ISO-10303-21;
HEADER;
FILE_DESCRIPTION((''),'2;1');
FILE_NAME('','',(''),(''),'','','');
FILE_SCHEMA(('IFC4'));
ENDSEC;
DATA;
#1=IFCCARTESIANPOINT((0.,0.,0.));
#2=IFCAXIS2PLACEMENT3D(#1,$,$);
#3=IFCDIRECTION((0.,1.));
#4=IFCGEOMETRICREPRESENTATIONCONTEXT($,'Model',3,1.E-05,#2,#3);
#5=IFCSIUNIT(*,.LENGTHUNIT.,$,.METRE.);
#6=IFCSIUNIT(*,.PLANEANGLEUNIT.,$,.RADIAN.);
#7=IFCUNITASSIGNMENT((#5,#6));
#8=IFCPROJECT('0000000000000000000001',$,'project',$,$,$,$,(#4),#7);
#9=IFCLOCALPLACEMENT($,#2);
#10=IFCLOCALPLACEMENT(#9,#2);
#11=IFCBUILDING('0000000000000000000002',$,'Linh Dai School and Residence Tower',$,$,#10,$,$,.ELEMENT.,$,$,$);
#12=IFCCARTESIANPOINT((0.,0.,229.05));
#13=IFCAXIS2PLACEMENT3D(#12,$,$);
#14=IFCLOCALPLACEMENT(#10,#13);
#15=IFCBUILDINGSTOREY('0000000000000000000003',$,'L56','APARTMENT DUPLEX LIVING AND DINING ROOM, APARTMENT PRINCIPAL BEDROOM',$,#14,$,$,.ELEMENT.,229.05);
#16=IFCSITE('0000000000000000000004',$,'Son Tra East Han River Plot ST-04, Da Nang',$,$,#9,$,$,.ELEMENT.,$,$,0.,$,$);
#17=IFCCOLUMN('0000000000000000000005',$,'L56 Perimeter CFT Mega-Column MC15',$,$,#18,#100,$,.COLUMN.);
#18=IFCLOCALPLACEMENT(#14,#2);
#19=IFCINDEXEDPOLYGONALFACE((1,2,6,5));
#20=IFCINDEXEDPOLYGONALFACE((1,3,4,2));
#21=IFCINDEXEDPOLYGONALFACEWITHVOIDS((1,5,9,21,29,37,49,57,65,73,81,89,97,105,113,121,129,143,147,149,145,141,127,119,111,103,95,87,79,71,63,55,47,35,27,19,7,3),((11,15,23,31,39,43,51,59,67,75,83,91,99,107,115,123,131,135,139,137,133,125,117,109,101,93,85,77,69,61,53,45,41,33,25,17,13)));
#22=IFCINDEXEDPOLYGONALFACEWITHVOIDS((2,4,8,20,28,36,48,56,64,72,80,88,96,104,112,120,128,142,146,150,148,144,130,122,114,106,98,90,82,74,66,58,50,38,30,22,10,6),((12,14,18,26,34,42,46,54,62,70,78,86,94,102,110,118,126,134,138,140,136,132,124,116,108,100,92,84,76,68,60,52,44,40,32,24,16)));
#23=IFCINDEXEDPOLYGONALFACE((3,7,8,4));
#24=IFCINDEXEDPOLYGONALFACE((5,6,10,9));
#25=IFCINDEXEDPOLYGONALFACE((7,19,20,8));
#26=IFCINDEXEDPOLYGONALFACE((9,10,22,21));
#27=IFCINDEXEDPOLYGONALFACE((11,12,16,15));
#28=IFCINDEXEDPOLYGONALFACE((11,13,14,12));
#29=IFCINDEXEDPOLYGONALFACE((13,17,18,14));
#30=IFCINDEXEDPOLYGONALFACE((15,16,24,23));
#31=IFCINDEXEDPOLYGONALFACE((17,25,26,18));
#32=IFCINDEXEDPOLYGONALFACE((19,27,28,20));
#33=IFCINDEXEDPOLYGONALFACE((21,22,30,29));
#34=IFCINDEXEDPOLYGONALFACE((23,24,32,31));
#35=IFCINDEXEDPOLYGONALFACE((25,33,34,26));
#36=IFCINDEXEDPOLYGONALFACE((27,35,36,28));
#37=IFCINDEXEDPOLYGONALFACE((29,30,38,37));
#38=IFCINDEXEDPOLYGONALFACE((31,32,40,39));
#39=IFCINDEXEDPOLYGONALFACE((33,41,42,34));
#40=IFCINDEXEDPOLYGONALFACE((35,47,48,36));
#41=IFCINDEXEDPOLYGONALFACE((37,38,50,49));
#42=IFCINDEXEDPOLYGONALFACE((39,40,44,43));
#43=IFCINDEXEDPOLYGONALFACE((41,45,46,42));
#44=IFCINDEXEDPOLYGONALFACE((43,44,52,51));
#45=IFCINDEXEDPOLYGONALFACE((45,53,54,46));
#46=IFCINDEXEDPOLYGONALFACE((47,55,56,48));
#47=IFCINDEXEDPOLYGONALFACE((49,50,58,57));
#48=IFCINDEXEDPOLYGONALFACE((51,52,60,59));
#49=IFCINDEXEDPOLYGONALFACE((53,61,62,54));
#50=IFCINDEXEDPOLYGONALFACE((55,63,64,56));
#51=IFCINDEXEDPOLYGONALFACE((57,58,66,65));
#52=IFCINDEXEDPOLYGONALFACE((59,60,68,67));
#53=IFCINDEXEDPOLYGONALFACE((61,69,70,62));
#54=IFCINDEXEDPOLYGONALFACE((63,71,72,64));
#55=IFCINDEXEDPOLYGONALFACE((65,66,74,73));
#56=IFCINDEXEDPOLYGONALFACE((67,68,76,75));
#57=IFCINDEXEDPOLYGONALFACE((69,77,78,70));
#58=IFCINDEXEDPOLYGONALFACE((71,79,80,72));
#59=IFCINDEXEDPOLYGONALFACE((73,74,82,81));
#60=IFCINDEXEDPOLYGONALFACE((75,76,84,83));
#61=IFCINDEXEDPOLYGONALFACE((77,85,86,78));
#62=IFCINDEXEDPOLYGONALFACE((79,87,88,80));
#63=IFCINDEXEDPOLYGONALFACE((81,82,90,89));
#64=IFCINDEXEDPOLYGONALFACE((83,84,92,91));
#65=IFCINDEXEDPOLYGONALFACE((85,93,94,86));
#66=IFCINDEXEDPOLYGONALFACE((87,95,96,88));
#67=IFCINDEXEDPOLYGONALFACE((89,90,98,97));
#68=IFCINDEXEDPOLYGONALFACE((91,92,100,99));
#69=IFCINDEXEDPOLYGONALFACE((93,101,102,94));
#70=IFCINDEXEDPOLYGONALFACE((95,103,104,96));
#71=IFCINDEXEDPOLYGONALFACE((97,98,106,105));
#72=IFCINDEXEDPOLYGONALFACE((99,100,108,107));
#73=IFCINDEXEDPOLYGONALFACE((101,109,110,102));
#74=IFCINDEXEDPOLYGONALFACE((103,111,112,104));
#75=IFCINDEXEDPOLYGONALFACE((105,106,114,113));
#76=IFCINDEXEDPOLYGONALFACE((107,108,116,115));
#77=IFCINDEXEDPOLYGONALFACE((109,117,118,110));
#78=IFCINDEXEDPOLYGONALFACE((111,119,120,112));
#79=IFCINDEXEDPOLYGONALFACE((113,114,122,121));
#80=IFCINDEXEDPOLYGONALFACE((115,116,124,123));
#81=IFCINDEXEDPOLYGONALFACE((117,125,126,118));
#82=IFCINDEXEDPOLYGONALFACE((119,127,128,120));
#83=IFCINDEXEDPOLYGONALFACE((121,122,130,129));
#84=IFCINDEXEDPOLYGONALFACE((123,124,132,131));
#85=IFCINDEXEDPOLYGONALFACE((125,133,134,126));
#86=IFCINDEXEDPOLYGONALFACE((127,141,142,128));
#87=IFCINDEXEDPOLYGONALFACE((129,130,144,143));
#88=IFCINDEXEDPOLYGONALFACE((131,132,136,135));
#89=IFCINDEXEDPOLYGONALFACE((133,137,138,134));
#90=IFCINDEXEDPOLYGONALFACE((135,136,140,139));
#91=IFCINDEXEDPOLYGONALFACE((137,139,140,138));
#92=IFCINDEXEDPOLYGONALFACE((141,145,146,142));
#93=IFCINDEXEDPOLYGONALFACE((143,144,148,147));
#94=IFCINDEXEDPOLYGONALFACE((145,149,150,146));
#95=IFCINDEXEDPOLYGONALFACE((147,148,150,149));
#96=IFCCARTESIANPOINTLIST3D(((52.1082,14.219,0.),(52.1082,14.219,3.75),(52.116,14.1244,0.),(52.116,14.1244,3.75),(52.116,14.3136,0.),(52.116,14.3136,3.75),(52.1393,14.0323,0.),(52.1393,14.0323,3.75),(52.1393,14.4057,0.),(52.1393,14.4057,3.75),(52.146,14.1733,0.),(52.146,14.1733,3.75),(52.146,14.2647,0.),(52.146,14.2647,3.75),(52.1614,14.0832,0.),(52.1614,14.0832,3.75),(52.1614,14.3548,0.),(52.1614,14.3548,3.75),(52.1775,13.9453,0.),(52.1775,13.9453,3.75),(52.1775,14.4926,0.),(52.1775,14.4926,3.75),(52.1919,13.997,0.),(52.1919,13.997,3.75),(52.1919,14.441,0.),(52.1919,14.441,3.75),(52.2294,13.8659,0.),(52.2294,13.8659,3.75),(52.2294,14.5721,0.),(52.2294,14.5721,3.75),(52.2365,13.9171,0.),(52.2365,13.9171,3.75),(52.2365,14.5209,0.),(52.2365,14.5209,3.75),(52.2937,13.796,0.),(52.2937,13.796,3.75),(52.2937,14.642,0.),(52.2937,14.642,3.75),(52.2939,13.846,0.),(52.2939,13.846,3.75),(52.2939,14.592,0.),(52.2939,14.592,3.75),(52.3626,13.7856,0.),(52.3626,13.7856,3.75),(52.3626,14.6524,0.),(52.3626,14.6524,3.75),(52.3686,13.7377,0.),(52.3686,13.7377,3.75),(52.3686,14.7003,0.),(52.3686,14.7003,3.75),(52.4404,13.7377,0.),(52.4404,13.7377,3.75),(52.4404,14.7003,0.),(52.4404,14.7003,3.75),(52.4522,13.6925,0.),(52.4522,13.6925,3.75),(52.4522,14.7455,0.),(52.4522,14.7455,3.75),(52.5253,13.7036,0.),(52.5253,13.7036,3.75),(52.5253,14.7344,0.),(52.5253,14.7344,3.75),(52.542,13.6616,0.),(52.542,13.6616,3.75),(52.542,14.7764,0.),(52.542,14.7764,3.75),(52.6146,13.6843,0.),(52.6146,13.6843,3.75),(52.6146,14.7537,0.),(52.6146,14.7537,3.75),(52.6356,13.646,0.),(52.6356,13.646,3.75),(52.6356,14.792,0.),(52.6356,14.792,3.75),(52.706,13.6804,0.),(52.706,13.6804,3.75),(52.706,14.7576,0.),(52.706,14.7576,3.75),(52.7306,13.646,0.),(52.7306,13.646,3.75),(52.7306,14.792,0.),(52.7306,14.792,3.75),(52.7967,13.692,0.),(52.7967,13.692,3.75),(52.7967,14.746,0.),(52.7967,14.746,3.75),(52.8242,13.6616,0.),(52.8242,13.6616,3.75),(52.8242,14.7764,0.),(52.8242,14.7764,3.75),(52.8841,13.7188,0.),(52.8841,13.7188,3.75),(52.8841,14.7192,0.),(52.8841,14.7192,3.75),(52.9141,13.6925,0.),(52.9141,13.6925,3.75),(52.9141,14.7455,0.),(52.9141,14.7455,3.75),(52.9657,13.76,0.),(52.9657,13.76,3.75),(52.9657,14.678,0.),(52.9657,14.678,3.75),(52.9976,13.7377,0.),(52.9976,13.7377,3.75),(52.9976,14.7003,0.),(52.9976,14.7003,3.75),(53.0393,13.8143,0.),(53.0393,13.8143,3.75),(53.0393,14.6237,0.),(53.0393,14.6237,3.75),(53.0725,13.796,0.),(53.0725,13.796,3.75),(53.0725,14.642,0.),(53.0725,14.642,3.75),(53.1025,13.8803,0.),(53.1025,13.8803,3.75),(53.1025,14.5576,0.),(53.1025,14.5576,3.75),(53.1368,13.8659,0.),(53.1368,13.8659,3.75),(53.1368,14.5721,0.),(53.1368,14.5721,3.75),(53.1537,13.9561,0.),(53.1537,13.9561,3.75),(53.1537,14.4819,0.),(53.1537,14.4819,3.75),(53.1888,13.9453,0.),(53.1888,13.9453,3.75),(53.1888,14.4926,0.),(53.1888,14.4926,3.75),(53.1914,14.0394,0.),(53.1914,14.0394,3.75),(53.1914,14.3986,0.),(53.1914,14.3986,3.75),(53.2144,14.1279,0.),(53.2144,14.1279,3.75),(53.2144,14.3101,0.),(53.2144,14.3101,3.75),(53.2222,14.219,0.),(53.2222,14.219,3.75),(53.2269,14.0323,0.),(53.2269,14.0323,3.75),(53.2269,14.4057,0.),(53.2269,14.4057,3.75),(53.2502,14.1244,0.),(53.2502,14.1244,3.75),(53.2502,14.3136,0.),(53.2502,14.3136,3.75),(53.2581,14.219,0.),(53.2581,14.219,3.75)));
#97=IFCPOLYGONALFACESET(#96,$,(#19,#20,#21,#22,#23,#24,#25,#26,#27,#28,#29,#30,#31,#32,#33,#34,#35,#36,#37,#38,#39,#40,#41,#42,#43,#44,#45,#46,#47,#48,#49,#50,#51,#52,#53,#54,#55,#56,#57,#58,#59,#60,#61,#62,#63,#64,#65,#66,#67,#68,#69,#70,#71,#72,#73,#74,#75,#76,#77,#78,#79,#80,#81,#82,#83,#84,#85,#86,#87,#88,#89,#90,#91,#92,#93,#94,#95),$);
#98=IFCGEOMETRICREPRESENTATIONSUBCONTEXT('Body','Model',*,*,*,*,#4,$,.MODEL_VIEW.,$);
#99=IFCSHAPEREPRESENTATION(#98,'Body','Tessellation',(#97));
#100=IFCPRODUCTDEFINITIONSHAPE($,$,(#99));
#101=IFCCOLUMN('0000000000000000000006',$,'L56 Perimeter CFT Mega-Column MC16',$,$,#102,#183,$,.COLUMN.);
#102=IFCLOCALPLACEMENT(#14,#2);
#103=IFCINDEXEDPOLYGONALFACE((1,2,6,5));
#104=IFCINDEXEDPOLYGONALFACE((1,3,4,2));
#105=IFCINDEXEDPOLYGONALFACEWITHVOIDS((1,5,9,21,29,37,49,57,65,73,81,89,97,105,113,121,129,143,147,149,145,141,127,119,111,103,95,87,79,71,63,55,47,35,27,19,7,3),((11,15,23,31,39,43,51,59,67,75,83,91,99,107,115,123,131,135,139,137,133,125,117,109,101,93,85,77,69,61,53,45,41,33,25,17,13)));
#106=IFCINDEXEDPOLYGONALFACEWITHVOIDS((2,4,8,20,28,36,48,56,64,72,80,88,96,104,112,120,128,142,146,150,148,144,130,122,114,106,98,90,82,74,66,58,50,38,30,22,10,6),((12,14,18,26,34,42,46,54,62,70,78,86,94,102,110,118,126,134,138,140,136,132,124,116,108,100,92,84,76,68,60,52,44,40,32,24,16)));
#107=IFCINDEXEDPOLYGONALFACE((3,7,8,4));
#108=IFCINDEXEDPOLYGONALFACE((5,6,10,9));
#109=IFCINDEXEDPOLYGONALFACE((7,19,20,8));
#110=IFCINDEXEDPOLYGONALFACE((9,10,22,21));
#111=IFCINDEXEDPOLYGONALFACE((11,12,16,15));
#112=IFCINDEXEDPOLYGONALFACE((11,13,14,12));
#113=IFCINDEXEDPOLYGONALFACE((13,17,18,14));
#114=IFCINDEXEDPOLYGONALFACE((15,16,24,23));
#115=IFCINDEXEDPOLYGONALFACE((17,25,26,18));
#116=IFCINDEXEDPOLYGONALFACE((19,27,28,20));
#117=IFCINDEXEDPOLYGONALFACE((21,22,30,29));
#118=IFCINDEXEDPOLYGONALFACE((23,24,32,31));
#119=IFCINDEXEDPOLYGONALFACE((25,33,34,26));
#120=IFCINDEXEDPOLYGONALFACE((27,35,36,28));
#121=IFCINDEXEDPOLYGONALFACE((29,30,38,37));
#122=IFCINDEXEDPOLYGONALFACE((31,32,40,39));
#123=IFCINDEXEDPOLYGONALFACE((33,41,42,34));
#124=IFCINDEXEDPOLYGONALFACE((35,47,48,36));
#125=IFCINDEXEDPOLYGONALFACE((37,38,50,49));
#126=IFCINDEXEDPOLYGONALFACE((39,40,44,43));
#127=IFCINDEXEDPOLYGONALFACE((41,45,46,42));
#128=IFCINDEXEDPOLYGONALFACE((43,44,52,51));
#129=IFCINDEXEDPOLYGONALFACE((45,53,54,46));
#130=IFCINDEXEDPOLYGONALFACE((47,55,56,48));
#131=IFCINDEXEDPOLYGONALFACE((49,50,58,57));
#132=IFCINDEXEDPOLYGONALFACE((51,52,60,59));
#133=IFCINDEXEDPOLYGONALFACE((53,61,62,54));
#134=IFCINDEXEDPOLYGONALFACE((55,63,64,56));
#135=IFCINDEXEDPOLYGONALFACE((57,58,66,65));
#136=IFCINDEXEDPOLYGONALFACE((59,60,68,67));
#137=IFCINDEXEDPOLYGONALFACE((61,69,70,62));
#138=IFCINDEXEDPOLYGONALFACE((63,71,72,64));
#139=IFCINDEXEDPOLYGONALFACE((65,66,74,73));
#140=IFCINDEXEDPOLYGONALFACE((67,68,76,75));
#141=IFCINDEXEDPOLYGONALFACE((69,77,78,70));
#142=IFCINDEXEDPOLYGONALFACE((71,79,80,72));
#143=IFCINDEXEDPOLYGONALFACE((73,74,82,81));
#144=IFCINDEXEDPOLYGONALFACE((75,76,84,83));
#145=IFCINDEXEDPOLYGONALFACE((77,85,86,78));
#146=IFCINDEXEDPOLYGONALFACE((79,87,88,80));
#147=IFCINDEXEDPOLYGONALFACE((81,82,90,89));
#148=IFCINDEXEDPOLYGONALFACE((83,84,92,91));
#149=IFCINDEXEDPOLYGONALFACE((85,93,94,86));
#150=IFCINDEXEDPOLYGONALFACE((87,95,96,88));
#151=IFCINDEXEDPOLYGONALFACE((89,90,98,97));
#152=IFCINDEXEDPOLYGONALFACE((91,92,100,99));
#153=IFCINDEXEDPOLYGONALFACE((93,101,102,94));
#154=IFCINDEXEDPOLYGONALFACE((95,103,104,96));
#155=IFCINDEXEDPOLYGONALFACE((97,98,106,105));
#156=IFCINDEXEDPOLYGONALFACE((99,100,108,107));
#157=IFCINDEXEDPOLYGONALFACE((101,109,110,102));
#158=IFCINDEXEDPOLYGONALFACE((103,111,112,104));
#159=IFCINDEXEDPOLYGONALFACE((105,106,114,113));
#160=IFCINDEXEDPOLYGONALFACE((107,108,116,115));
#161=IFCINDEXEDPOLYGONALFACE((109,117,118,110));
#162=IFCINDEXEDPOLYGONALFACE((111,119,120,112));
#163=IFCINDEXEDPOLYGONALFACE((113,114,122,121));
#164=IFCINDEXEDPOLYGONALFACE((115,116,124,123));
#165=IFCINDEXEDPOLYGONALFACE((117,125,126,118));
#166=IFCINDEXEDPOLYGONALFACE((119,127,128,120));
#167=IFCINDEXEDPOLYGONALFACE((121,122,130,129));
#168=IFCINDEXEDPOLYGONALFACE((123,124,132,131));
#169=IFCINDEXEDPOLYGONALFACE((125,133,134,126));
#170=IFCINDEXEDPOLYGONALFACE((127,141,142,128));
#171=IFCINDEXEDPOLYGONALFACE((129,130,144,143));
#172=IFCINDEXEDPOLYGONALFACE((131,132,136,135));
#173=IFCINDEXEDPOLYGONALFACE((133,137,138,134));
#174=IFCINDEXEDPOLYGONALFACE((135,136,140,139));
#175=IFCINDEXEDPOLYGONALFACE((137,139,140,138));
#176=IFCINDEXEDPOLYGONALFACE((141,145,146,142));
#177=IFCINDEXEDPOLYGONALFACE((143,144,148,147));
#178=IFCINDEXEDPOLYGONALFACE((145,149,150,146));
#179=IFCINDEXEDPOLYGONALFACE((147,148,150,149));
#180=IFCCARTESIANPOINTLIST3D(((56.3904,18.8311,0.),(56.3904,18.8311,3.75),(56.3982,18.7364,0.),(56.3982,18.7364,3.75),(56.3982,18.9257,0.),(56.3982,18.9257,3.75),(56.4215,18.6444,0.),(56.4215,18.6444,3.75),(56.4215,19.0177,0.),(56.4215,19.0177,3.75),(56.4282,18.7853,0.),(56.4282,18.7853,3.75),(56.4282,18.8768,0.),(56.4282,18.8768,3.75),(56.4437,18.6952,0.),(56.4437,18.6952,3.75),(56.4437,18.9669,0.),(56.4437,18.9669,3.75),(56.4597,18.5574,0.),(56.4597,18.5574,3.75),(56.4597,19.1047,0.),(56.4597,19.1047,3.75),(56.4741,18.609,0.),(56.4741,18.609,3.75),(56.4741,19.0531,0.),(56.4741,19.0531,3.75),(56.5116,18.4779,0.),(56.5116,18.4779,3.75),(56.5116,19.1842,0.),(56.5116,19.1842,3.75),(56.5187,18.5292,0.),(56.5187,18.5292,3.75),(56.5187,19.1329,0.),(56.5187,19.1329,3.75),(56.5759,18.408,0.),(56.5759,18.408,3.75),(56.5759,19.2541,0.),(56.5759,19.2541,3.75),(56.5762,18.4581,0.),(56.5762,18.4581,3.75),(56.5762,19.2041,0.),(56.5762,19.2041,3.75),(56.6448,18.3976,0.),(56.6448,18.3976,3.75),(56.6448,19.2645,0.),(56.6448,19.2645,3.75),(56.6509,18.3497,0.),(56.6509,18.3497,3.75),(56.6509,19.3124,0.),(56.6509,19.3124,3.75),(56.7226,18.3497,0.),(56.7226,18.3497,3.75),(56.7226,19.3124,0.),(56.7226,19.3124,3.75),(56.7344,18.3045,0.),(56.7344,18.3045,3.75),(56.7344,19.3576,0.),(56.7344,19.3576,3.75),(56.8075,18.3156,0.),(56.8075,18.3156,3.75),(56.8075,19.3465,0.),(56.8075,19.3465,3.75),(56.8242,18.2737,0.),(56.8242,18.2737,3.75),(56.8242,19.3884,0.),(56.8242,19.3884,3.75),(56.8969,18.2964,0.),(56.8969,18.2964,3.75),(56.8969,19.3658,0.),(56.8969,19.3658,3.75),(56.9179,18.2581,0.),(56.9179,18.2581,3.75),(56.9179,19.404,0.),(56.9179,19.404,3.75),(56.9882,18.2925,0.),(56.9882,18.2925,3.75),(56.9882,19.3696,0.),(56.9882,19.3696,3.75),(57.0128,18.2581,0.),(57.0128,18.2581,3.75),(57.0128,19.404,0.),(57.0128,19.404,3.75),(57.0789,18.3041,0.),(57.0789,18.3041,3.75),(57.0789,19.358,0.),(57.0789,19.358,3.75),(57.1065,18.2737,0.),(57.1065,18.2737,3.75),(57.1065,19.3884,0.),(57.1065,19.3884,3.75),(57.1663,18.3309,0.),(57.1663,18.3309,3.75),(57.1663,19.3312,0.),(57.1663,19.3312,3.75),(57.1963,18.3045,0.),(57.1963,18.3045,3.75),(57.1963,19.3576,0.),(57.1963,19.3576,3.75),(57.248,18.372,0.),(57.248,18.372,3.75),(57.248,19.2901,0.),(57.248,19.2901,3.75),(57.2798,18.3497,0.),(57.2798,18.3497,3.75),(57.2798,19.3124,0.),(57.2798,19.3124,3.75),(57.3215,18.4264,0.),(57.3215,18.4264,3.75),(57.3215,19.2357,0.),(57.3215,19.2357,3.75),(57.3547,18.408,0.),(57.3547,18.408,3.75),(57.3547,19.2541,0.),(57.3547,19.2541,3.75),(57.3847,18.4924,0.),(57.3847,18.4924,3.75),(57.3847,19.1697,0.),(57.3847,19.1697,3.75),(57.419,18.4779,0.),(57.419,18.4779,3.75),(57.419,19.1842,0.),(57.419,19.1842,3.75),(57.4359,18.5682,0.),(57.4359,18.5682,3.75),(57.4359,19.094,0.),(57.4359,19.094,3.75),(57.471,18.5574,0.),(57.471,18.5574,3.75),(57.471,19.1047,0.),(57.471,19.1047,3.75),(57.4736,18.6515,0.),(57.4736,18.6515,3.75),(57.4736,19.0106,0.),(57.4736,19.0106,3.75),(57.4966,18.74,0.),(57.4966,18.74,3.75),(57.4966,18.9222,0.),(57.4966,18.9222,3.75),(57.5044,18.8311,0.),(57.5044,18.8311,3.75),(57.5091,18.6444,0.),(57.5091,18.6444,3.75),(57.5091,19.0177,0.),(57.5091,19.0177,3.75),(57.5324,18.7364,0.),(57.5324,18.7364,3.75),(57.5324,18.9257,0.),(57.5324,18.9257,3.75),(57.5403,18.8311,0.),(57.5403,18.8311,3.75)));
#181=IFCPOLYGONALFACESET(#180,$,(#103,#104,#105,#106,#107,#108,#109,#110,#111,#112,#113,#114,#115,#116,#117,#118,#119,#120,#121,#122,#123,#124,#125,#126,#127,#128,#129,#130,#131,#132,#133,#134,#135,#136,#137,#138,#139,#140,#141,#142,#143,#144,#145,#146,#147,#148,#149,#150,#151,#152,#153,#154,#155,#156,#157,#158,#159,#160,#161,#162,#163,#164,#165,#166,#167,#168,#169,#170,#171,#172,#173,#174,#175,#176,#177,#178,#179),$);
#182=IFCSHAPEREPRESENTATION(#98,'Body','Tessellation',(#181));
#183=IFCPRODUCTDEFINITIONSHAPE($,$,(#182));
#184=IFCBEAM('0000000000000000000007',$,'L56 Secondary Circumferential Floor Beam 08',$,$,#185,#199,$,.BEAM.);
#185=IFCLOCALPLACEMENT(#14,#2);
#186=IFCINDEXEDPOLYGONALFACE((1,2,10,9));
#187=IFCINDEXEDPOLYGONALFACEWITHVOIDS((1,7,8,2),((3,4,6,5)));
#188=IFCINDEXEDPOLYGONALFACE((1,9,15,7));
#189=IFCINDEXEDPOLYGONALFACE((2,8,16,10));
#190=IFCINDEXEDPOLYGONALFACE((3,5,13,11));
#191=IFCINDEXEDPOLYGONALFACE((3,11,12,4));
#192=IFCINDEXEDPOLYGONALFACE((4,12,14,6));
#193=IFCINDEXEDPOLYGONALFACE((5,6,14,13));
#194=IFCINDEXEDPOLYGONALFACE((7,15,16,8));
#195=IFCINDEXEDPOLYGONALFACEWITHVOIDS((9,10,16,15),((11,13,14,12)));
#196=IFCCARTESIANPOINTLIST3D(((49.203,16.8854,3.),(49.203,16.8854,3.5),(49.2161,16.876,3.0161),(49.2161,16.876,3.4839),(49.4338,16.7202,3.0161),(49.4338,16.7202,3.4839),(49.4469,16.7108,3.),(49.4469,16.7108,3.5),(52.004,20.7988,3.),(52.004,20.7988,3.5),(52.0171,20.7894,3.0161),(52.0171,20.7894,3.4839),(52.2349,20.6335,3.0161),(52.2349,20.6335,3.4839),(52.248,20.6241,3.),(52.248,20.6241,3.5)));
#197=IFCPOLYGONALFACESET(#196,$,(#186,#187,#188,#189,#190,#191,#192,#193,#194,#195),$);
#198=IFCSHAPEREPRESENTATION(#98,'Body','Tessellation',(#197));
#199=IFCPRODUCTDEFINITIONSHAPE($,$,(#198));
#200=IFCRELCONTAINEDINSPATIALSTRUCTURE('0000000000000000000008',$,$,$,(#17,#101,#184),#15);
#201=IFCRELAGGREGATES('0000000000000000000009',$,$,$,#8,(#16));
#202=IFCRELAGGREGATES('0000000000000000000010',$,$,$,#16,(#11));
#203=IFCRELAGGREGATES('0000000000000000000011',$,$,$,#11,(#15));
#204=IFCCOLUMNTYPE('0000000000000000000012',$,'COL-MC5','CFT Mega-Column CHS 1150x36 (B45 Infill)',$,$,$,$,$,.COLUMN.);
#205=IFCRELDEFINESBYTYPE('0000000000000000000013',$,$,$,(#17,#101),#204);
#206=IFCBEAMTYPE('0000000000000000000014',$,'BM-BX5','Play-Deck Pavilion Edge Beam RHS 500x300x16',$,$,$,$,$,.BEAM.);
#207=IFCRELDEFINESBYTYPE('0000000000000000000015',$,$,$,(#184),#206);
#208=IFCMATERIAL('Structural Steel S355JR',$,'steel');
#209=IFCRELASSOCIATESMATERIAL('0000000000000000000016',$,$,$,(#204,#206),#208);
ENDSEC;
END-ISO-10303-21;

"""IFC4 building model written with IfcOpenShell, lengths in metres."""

from ifc_helpers import new_model, si_unit, direction, frame, origin, origin_2d, place, context, subcontext, project, spatial, hollow_rectangle, hollow_circle, extrude, material, material_profile, profile_set, type_object, element, save


model = new_model("IFC4")

# Units and contexts
model_context = context("Model", 3, precision=1e-05, world=origin(), true_north=direction((0.0, 1.0)))
body_context = subcontext(model_context, "Body", "Model", "MODEL_VIEW")
ifc_project = project(units=[si_unit("LENGTHUNIT", "METRE"), si_unit("PLANEANGLEUNIT", "RADIAN")], contexts=[model_context])

# Site, building, storey
site_placement = place(None, origin())
site = spatial("IfcSite", under=ifc_project, at=site_placement, Name="Son Tra East Han River Plot ST-04, Da Nang", CompositionType="ELEMENT", RefElevation=0.0)
building_placement = place(site_placement, origin())
building = spatial("IfcBuilding", under=site, at=building_placement, Name="Linh Dai School and Residence Tower", CompositionType="ELEMENT")
storey_placement = place(building_placement, frame((0.0, 0.0, 229.05)))
storey = spatial("IfcBuildingStorey", under=building, at=storey_placement, Name="L56", Description="APARTMENT DUPLEX LIVING AND DINING ROOM, APARTMENT PRINCIPAL BEDROOM", CompositionType="ELEMENT", Elevation=229.05)

# Columns
ifc_material_1 = material(Name="Structural Steel S355JR", Category="steel")
ifc_material_profile_1 = material_profile(ifc_material_1, hollow_circle(Radius=0.575, WallThickness=0.0359, at=origin_2d()), Name="CHS 1150x36")
ifc_profile_set_1 = profile_set([ifc_material_profile_1], Name="Structural Steel S355JR")
column_type = type_object("IfcColumnType", Name="COL-MC5", Description="CFT Mega-Column CHS 1150x36 (B45 Infill)", PredefinedType="COLUMN", material=ifc_profile_set_1)
for number, where, z_axis, x_axis, name in (
    (1, (52.6831, 14.219, 0.0), (0.0, 0.0, 1.0), (1.0, 0.0, 0.0), "L56 Perimeter CFT Mega-Column MC15"),
    (2, (56.9653, 18.8311, 0.0), (0.0, 0.0, 1.0), (1.0, 0.0, 0.0), "L56 Perimeter CFT Mega-Column MC16"),
):
    element("IfcColumn", number, at=place(storey_placement, frame(where, z_axis=z_axis, x_axis=x_axis)), inside=storey, type_object=column_type, Name=name, PredefinedType="COLUMN", context=body_context, shape_type="SweptSolid", body=[
        extrude(hollow_circle(Radius=0.575, WallThickness=0.0359, at=origin_2d()), origin(), (0.0, 0.0, 1.0), 3.75),
    ])

# Beam
ifc_material_profile_2 = material_profile(ifc_material_1, hollow_rectangle(XDim=0.3, YDim=0.5, WallThickness=0.0161, at=origin_2d()), Name="RHS 500x300x16")
ifc_profile_set_2 = profile_set([ifc_material_profile_2], Name="Structural Steel S355JR")
beam_type_1 = type_object("IfcBeamType", Name="BM-BX5", Description="Play-Deck Pavilion Edge Beam RHS 500x300x16", PredefinedType="BEAM", material=ifc_profile_set_2)
beam_1_placement = place(storey_placement, frame((49.325, 16.7981, 3.25), z_axis=(0.582035, 0.813164, 0.0), x_axis=(-0.813164, 0.582035, 0.0)))
element("IfcBeam", 3, at=beam_1_placement, inside=storey, type_object=beam_type_1, Name="L56 Secondary Circumferential Floor Beam 08", PredefinedType="BEAM", context=body_context, shape_type="SweptSolid", body=[
    extrude(hollow_rectangle(XDim=0.3, YDim=0.5, WallThickness=0.0161, at=origin_2d()), origin(), (0.0, 0.0, 1.0), 4.8125),
])

save(model, "model.ifc")
